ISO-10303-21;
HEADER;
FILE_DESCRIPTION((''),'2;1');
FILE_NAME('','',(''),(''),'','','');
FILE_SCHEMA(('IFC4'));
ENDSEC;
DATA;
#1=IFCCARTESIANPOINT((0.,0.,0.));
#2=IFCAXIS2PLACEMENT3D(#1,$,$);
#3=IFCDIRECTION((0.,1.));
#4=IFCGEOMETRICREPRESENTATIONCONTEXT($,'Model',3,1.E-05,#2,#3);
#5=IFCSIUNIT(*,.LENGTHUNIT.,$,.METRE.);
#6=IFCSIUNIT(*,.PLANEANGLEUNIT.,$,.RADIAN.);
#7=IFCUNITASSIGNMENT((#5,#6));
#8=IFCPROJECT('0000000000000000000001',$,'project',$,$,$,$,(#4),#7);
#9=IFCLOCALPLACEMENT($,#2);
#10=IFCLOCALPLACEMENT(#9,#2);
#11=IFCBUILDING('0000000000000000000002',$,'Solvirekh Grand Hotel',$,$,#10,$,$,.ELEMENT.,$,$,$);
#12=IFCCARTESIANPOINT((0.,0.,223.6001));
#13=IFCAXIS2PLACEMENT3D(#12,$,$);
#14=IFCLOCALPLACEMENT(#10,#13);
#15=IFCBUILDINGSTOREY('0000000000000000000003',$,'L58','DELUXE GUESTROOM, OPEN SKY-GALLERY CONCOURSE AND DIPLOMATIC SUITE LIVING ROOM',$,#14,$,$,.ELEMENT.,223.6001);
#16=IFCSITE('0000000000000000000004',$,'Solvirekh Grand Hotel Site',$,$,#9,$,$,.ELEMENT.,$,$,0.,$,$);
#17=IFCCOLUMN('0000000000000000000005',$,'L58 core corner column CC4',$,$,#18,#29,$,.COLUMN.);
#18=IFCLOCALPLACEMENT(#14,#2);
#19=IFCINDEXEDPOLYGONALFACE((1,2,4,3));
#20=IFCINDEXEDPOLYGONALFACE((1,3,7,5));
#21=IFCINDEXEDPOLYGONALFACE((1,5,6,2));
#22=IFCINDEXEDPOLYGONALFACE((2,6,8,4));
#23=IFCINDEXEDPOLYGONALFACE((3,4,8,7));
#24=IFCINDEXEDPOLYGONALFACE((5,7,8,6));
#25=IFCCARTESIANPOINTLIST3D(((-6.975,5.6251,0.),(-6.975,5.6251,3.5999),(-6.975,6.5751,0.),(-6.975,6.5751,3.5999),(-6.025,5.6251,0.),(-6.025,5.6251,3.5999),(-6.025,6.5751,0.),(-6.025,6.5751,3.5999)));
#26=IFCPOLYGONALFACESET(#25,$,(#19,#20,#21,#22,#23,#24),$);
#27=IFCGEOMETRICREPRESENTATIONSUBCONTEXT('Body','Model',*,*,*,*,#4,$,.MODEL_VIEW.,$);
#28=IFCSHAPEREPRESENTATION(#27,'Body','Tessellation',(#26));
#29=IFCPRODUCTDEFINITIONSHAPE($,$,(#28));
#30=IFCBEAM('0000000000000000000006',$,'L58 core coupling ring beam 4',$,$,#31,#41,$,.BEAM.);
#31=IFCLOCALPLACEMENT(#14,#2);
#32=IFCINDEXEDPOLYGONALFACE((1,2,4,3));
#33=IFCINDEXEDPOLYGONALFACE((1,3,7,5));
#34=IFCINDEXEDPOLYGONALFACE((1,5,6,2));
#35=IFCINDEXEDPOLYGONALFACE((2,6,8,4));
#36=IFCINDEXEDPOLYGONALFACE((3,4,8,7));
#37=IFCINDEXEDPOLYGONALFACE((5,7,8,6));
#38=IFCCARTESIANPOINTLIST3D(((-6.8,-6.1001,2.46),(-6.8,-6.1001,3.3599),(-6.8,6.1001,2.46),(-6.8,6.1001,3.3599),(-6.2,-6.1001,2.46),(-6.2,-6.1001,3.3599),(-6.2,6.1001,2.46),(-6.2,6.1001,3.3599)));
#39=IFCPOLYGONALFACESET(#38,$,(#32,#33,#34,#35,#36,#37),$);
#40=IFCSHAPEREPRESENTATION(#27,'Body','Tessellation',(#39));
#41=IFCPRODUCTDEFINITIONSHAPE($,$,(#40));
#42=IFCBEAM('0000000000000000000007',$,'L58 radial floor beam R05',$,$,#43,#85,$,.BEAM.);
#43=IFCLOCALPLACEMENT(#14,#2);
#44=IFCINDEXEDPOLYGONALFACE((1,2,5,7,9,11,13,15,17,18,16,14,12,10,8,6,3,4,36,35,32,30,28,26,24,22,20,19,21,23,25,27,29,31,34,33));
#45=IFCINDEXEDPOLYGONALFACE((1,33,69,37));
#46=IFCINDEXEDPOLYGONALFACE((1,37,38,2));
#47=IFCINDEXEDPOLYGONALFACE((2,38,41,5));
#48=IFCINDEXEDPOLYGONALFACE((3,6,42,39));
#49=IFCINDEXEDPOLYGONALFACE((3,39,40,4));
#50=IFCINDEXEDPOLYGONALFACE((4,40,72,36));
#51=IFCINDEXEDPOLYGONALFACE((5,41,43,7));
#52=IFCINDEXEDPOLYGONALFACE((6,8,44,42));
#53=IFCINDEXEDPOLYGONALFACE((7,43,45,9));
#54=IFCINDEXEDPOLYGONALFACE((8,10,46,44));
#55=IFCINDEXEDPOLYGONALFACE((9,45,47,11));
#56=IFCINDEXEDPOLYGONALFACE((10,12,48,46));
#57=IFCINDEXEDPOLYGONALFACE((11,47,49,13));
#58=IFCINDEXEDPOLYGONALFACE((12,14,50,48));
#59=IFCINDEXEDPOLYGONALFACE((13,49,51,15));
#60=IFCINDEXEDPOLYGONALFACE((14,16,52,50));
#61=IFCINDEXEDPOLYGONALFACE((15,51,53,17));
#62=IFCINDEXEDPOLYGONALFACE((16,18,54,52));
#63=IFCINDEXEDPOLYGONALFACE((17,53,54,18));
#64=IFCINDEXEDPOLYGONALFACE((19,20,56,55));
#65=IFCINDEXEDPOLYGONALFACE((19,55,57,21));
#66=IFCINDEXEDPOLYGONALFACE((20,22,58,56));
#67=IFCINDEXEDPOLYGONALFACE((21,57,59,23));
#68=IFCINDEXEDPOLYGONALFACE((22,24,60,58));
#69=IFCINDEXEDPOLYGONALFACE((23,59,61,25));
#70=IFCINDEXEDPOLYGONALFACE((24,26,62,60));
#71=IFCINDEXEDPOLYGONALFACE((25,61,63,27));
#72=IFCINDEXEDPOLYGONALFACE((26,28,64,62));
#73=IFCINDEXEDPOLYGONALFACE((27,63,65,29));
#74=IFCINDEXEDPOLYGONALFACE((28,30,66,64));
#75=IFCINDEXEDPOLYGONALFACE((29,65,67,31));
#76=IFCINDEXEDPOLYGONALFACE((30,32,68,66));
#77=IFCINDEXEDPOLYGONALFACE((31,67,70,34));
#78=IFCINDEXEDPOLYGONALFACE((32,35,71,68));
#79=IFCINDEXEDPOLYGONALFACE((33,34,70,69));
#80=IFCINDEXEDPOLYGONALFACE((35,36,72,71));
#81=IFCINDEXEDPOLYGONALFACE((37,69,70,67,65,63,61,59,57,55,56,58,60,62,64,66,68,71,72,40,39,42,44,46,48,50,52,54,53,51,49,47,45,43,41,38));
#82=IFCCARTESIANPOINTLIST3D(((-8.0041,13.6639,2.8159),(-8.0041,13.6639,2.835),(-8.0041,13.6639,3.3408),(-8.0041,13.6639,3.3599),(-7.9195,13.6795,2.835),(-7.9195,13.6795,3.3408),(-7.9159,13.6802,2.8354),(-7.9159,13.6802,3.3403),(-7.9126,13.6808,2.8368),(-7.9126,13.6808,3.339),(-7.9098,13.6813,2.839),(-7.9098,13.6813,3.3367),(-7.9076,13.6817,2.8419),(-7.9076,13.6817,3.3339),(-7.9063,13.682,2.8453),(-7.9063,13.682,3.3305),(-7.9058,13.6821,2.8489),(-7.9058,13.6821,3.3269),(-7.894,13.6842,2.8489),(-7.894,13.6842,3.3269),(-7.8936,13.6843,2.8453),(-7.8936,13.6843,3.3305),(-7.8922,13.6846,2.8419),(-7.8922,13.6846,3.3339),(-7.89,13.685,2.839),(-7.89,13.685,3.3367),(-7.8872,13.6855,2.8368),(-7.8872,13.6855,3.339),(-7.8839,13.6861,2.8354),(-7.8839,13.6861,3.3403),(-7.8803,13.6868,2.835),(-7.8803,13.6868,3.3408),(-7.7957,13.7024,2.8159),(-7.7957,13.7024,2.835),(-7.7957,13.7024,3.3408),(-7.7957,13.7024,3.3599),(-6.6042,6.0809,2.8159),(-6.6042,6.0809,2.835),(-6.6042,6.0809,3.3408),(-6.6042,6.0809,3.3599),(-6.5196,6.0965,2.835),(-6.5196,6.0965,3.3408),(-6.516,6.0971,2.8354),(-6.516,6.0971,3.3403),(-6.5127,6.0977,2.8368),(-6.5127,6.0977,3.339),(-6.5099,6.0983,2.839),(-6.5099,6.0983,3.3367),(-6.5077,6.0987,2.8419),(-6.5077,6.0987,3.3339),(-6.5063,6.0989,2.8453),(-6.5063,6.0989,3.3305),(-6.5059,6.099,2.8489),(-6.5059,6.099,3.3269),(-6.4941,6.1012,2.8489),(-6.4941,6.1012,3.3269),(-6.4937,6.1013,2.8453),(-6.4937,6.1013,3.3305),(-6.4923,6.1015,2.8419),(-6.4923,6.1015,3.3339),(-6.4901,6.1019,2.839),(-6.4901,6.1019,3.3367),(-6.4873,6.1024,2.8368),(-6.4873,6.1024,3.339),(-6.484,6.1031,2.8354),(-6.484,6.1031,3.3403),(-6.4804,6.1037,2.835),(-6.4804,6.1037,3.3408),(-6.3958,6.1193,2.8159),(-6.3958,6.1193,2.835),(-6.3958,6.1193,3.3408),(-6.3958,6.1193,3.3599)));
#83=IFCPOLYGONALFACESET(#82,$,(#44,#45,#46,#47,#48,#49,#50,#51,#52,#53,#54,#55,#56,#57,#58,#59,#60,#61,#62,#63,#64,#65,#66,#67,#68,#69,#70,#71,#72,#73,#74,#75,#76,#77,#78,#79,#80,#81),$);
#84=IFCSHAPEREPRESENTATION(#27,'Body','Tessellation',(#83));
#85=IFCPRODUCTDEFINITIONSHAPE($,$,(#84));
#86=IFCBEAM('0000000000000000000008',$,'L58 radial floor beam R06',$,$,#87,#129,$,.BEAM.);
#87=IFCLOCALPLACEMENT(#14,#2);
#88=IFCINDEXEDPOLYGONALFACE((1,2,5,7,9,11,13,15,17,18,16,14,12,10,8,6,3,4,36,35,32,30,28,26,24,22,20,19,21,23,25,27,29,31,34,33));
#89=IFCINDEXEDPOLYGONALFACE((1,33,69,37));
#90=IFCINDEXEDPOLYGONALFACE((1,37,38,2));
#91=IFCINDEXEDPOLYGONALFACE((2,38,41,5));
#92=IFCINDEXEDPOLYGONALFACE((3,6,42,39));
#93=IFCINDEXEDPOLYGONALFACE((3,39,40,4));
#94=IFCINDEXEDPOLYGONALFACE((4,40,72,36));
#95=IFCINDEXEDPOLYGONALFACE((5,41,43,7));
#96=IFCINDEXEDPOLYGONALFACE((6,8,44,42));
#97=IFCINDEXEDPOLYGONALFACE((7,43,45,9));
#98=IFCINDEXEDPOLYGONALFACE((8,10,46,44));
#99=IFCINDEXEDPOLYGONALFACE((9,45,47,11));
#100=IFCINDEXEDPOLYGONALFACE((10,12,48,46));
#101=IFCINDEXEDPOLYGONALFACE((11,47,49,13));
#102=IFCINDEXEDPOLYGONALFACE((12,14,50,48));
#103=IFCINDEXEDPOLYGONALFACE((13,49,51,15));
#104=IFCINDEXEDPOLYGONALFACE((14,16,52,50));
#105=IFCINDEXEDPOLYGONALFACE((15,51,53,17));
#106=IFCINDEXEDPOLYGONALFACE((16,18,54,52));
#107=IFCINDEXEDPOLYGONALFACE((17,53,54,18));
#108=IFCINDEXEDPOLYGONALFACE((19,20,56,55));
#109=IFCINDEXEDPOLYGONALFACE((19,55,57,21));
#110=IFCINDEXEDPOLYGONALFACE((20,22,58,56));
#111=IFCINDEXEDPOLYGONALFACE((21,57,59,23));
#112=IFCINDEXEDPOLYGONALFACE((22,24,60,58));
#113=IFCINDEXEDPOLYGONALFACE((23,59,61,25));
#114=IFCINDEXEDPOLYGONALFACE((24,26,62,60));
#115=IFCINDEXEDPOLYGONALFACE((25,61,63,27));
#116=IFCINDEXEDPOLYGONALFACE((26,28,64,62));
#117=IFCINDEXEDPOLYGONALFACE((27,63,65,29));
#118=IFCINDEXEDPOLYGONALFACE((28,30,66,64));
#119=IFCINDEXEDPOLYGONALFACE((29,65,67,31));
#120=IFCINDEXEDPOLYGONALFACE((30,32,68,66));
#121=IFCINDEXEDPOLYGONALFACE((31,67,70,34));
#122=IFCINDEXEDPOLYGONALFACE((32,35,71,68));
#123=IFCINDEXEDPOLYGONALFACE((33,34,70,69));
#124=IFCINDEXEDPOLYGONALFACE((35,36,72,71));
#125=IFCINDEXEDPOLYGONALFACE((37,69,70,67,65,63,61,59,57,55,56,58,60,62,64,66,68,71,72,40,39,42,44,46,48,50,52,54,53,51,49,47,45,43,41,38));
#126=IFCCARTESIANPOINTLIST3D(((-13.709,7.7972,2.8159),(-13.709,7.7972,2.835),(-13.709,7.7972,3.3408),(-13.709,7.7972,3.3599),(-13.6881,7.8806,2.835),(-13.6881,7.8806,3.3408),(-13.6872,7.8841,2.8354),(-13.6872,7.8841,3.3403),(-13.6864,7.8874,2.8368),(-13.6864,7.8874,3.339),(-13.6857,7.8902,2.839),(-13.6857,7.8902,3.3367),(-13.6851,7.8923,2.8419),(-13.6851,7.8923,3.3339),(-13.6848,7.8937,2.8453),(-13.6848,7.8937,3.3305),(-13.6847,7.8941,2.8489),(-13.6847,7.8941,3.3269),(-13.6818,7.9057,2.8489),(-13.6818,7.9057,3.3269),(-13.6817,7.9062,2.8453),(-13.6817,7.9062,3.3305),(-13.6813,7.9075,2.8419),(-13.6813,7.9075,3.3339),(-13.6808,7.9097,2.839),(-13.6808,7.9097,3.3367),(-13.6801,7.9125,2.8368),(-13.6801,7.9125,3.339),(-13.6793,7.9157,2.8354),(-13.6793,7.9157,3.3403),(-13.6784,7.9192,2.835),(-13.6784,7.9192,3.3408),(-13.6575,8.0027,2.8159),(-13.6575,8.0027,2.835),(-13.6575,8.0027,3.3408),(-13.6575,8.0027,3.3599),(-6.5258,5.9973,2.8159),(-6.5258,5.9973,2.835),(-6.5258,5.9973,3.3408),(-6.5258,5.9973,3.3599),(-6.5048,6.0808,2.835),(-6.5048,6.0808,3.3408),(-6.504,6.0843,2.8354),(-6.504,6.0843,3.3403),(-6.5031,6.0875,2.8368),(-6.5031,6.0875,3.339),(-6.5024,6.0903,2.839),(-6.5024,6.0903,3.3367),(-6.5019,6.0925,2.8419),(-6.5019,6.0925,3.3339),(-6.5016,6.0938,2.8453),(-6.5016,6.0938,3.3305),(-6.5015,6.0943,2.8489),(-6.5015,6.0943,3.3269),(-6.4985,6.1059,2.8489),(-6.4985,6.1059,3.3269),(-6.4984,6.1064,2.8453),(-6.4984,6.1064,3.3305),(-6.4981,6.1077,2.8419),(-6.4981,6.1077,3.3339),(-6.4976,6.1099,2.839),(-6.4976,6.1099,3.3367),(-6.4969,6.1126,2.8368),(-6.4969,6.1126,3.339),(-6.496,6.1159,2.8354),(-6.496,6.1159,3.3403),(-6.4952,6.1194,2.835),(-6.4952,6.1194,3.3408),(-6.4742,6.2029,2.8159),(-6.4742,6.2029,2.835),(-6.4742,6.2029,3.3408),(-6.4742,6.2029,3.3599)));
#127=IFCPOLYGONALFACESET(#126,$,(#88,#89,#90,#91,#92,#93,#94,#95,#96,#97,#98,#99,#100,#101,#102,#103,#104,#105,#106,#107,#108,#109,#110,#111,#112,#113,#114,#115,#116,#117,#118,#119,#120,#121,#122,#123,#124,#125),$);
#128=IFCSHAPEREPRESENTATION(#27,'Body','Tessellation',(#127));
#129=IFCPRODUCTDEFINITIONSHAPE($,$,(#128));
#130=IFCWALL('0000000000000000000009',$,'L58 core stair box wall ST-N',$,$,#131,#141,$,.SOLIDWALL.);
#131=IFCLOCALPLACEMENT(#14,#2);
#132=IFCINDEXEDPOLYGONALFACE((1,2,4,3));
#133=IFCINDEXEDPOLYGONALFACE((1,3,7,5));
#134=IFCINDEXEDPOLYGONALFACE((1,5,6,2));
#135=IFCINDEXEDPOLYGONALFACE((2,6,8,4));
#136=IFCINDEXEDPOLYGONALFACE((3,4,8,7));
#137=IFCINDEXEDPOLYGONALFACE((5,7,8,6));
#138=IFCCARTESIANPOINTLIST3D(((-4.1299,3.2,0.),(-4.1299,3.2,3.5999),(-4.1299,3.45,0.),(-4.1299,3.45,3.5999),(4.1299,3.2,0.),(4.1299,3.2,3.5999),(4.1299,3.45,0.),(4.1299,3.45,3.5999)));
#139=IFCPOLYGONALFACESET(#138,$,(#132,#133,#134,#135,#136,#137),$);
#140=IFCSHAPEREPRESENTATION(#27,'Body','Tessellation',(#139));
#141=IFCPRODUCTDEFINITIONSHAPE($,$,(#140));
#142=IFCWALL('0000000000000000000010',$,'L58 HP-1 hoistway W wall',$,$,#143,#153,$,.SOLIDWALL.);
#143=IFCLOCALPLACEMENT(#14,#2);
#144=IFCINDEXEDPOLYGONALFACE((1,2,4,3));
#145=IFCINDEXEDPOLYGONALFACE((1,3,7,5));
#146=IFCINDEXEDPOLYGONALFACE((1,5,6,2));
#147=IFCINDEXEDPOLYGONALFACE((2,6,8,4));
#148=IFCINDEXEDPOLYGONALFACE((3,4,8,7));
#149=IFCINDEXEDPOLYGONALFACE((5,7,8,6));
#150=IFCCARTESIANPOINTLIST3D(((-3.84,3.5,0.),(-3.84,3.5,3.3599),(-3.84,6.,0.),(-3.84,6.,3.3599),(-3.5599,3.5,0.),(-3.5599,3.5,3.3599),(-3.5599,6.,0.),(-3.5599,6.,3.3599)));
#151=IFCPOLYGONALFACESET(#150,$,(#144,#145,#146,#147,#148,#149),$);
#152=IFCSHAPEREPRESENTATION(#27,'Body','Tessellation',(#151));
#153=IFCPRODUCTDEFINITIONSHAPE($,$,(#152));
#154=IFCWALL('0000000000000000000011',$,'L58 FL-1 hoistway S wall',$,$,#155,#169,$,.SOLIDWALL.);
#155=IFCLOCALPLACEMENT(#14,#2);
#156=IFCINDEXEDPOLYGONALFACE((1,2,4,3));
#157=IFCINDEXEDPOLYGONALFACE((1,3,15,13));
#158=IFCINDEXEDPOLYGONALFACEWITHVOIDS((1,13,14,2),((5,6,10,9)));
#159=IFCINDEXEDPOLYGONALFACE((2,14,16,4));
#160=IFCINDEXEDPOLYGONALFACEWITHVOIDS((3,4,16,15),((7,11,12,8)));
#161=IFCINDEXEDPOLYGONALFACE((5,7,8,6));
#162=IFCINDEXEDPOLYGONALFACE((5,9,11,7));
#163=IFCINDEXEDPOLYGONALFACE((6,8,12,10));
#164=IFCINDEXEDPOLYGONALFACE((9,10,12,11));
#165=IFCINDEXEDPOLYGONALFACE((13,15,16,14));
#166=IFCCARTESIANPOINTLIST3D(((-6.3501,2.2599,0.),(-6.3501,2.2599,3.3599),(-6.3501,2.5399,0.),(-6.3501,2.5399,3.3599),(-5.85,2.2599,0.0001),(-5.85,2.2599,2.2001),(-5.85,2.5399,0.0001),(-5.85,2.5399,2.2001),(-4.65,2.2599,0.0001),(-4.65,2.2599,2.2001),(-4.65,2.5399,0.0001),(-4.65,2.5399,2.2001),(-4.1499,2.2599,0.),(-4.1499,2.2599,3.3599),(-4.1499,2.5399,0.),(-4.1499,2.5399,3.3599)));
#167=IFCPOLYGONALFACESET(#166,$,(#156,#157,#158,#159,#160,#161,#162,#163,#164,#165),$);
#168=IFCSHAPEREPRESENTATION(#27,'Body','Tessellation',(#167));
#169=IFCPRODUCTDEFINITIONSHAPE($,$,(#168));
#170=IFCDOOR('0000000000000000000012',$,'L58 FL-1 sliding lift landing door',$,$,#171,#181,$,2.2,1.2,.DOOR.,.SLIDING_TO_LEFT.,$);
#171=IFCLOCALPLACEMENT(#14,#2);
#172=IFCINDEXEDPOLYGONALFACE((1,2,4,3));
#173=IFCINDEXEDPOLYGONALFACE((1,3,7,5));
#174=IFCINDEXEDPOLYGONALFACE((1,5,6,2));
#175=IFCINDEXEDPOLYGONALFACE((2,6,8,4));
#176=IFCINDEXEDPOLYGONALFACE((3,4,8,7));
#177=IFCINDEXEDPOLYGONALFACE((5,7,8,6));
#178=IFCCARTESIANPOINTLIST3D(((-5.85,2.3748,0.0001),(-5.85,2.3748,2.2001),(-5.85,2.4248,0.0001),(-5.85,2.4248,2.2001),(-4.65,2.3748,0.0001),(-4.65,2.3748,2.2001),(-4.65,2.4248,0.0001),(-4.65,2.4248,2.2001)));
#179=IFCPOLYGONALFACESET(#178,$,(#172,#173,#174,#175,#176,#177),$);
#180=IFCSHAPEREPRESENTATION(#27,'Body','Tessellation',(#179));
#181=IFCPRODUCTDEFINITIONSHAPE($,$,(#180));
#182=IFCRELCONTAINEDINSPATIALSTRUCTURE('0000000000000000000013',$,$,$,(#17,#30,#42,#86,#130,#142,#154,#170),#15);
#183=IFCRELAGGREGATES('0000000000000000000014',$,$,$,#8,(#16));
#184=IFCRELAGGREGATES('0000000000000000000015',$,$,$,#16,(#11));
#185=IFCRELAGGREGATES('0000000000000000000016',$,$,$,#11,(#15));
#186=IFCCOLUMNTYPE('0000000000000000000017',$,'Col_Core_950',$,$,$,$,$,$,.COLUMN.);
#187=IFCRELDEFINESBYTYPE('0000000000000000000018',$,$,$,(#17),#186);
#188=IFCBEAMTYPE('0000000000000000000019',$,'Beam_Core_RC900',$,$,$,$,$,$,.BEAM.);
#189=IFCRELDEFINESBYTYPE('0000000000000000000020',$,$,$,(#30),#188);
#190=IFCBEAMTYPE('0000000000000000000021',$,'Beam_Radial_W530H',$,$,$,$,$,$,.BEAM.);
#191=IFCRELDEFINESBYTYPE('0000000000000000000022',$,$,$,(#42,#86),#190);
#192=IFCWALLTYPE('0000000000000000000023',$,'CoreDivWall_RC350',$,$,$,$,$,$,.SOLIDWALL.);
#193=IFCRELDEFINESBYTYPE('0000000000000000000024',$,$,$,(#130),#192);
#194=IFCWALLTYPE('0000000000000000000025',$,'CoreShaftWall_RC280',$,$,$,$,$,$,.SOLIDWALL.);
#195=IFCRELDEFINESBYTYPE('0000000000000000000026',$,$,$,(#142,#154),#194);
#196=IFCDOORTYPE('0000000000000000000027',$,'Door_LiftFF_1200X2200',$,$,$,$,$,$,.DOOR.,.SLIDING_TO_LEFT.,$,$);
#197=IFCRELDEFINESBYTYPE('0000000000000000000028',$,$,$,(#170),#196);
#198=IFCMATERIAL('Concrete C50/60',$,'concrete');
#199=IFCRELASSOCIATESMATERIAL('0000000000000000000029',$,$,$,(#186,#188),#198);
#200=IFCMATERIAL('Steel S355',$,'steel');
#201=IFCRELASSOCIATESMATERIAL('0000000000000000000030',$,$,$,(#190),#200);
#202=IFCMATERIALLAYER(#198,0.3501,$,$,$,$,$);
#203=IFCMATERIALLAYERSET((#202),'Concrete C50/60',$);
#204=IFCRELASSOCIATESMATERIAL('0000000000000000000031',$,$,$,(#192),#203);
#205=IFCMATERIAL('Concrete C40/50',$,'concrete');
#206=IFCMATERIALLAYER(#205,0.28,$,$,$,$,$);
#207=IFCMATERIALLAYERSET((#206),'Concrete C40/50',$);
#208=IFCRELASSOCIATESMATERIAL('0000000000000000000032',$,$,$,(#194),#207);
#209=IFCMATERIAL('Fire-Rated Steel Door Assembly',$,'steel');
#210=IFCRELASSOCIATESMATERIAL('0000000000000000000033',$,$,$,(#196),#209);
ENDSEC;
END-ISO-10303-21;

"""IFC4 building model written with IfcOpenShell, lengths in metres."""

from ifc_helpers import new_model, si_unit, direction, frame, frame_2d, origin, origin_2d, place, context, subcontext, project, spatial, rectangle, i_section, extrude, material, layer, layer_set, material_profile, profile_set, type_object, element, fill, save


model = new_model("IFC4")

# Units and contexts
model_context = context("Model", 3, precision=1e-05, world=origin(), true_north=direction((0.0, 1.0)))
body_context = subcontext(model_context, "Body", "Model", "MODEL_VIEW")
ifc_project = project(units=[si_unit("LENGTHUNIT", "METRE"), si_unit("PLANEANGLEUNIT", "RADIAN")], contexts=[model_context])

# Site, building, storey
site_placement = place(None, origin())
site = spatial("IfcSite", under=ifc_project, at=site_placement, Name="Solvirekh Grand Hotel Site", CompositionType="ELEMENT", RefElevation=0.0)
building_placement = place(site_placement, origin())
building = spatial("IfcBuilding", under=site, at=building_placement, Name="Solvirekh Grand Hotel", CompositionType="ELEMENT")
storey_placement = place(building_placement, frame((0.0, 0.0, 223.6001)))
storey = spatial("IfcBuildingStorey", under=building, at=storey_placement, Name="L58", Description="DELUXE GUESTROOM, OPEN SKY-GALLERY CONCOURSE AND DIPLOMATIC SUITE LIVING ROOM", CompositionType="ELEMENT", Elevation=223.6001)

# Column
ifc_material_1 = material(Name="Concrete C50/60", Category="concrete")
ifc_material_profile_1 = material_profile(ifc_material_1, rectangle(XDim=0.95, YDim=0.95, at=origin_2d()), Name="RC 950X950")
ifc_profile_set_1 = profile_set([ifc_material_profile_1], Name="Concrete C50/60")
column_type = type_object("IfcColumnType", Name="Col_Core_950", PredefinedType="COLUMN", material=ifc_profile_set_1)
column_placement = place(storey_placement, frame((-6.5, 6.1001, 0.0), z_axis=(0.0, 0.0, 1.0), x_axis=(1.0, 0.0, 0.0)))
element("IfcColumn", 1, at=column_placement, inside=storey, type_object=column_type, Name="L58 core corner column CC4", PredefinedType="COLUMN", context=body_context, shape_type="SweptSolid", body=[
    extrude(rectangle(XDim=0.95, YDim=0.95, at=origin_2d()), origin(), (0.0, 0.0, 1.0), 3.5999),
])

# Beams
ifc_material_profile_2 = material_profile(ifc_material_1, rectangle(XDim=0.6001, YDim=0.8999, at=origin_2d()), Name="RC BEAM 600X900")
ifc_profile_set_2 = profile_set([ifc_material_profile_2], Name="Concrete C50/60")
beam_type_1 = type_object("IfcBeamType", Name="Beam_Core_RC900", PredefinedType="BEAM", material=ifc_profile_set_2)
beam_1_placement = place(storey_placement, frame((-6.5, 6.1001, 2.9099), z_axis=(0.0, -1.0, 0.0), x_axis=(1.0, 0.0, 0.0)))
element("IfcBeam", 2, at=beam_1_placement, inside=storey, type_object=beam_type_1, Name="L58 core coupling ring beam 4", PredefinedType="BEAM", context=body_context, shape_type="SweptSolid", body=[
    extrude(rectangle(XDim=0.6001, YDim=0.8999, at=origin_2d()), origin(), (0.0, 0.0, 1.0), 12.2002),
])
ifc_material_2 = material(Name="Steel S355", Category="steel")
ifc_material_profile_3 = material_profile(ifc_material_2, i_section(OverallWidth=0.2119, OverallDepth=0.5439, WebThickness=0.012, FlangeThickness=0.019, FilletRadius=0.0139, at=origin_2d()), Name="W530X123")
ifc_profile_set_3 = profile_set([ifc_material_profile_3], Name="Steel S355")
beam_type_2 = type_object("IfcBeamType", Name="Beam_Radial_W530H", PredefinedType="BEAM", material=ifc_profile_set_3)
beam_2_placement = place(storey_placement, frame((-6.5, 6.1001, 3.0879), z_axis=(-0.181543, 0.983383, 0.0), x_axis=(-0.983383, -0.181543, 0.0)))
element("IfcBeam", 3, at=beam_2_placement, inside=storey, type_object=beam_type_2, Name="L58 radial floor beam R05", PredefinedType="BEAM", context=body_context, shape_type="SweptSolid", body=[
    extrude(i_section(OverallWidth=0.2119, OverallDepth=0.5439, WebThickness=0.012, FlangeThickness=0.019, FilletRadius=0.0139, at=origin_2d()), origin(), (0.0, 0.0, 1.0), 7.7112),
])
beam_3_placement = place(storey_placement, frame((-6.5, 6.1001, 3.0879), z_axis=(-0.970014, 0.243048, 0.0), x_axis=(-0.243048, -0.970014, 0.0)))
element("IfcBeam", 4, at=beam_3_placement, inside=storey, type_object=beam_type_2, Name="L58 radial floor beam R06", PredefinedType="BEAM", context=body_context, shape_type="SweptSolid", body=[
    extrude(i_section(OverallWidth=0.2119, OverallDepth=0.5439, WebThickness=0.012, FlangeThickness=0.019, FilletRadius=0.0139, at=origin_2d()), origin(), (0.0, 0.0, 1.0), 7.4053),
])

# Walls
ifc_layer_1 = layer(ifc_material_1, 0.3501)
ifc_layer_set_1 = layer_set([ifc_layer_1], Name="Concrete C50/60")
wall_type_1 = type_object("IfcWallType", Name="CoreDivWall_RC350", PredefinedType="SOLIDWALL", material=ifc_layer_set_1)
wall_1_placement = place(storey_placement, frame((-4.1299, 3.325, 0.0), z_axis=(0.0, 0.0, 1.0), x_axis=(1.0, 0.0, 0.0)))
element("IfcWall", 5, at=wall_1_placement, inside=storey, type_object=wall_type_1, Name="L58 core stair box wall ST-N", PredefinedType="SOLIDWALL", context=body_context, shape_type="SweptSolid", body=[
    extrude(rectangle(XDim=8.2598, YDim=0.25, at=frame_2d((4.1299, 0.0))), origin(), (0.0, 0.0, 1.0), 3.5999),
])
ifc_material_3 = material(Name="Concrete C40/50", Category="concrete")
ifc_layer_2 = layer(ifc_material_3, 0.28)
ifc_layer_set_2 = layer_set([ifc_layer_2], Name="Concrete C40/50")
wall_type_2 = type_object("IfcWallType", Name="CoreShaftWall_RC280", PredefinedType="SOLIDWALL", material=ifc_layer_set_2)
wall_2_placement = place(storey_placement, frame((-3.7, 6.0, 0.0), z_axis=(0.0, 0.0, 1.0), x_axis=(0.0, -1.0, 0.0)))
element("IfcWall", 6, at=wall_2_placement, inside=storey, type_object=wall_type_2, Name="L58 HP-1 hoistway W wall", PredefinedType="SOLIDWALL", context=body_context, shape_type="SweptSolid", body=[
    extrude(rectangle(XDim=2.5, YDim=0.28, at=frame_2d((1.25, 0.0))), origin(), (0.0, 0.0, 1.0), 3.3599),
])

# Wall, opening, door
wall_3_placement = place(storey_placement, frame((-6.3501, 2.3999, 0.0), z_axis=(0.0, 0.0, 1.0), x_axis=(1.0, 0.0, 0.0)))
wall_3 = element("IfcWall", 7, at=wall_3_placement, inside=storey, type_object=wall_type_2, Name="L58 FL-1 hoistway S wall", PredefinedType="SOLIDWALL", context=body_context, shape_type="SweptSolid", body=[
    extrude(rectangle(XDim=2.2002, YDim=0.28, at=frame_2d((1.1001, 0.0))), origin(), (0.0, 0.0, 1.0), 3.3599),
])
opening_placement = place(wall_3_placement, frame((0.5, 0.0, 0.0)))
opening = element("IfcOpeningElement", 8, at=opening_placement, cuts=wall_3, PredefinedType="OPENING", context=body_context, shape_type="SweptSolid", body=[
    extrude(rectangle(XDim=1.2, YDim=2.2, at=frame_2d((0.6001, 1.1001))), frame((0.0, 0.1499, 0.0), z_axis=(0.0, -1.0, 0.0), x_axis=(1.0, 0.0, 0.0)), (0.0, 0.0, 1.0), 0.3),
])
ifc_material_4 = material(Name="Fire-Rated Steel Door Assembly", Category="steel")
door_type = type_object("IfcDoorType", Name="Door_LiftFF_1200X2200", OperationType="SLIDING_TO_LEFT", PredefinedType="DOOR", material=ifc_material_4)
door_placement = place(opening_placement, origin())
door = element("IfcDoor", 9, at=door_placement, inside=storey, type_object=door_type, Name="L58 FL-1 sliding lift landing door", OperationType="SLIDING_TO_LEFT", OverallHeight=2.2, OverallWidth=1.2, PredefinedType="DOOR", context=body_context, shape_type="SweptSolid", body=[
    extrude(rectangle(XDim=1.2, YDim=2.2, at=frame_2d((0.6001, 1.1001))), frame((0.0, 0.0249, 0.0), z_axis=(0.0, -1.0, 0.0), x_axis=(1.0, 0.0, 0.0)), (0.0, 0.0, 1.0), 0.05),
])
fill(opening, door)

save(model, "model.ifc")
